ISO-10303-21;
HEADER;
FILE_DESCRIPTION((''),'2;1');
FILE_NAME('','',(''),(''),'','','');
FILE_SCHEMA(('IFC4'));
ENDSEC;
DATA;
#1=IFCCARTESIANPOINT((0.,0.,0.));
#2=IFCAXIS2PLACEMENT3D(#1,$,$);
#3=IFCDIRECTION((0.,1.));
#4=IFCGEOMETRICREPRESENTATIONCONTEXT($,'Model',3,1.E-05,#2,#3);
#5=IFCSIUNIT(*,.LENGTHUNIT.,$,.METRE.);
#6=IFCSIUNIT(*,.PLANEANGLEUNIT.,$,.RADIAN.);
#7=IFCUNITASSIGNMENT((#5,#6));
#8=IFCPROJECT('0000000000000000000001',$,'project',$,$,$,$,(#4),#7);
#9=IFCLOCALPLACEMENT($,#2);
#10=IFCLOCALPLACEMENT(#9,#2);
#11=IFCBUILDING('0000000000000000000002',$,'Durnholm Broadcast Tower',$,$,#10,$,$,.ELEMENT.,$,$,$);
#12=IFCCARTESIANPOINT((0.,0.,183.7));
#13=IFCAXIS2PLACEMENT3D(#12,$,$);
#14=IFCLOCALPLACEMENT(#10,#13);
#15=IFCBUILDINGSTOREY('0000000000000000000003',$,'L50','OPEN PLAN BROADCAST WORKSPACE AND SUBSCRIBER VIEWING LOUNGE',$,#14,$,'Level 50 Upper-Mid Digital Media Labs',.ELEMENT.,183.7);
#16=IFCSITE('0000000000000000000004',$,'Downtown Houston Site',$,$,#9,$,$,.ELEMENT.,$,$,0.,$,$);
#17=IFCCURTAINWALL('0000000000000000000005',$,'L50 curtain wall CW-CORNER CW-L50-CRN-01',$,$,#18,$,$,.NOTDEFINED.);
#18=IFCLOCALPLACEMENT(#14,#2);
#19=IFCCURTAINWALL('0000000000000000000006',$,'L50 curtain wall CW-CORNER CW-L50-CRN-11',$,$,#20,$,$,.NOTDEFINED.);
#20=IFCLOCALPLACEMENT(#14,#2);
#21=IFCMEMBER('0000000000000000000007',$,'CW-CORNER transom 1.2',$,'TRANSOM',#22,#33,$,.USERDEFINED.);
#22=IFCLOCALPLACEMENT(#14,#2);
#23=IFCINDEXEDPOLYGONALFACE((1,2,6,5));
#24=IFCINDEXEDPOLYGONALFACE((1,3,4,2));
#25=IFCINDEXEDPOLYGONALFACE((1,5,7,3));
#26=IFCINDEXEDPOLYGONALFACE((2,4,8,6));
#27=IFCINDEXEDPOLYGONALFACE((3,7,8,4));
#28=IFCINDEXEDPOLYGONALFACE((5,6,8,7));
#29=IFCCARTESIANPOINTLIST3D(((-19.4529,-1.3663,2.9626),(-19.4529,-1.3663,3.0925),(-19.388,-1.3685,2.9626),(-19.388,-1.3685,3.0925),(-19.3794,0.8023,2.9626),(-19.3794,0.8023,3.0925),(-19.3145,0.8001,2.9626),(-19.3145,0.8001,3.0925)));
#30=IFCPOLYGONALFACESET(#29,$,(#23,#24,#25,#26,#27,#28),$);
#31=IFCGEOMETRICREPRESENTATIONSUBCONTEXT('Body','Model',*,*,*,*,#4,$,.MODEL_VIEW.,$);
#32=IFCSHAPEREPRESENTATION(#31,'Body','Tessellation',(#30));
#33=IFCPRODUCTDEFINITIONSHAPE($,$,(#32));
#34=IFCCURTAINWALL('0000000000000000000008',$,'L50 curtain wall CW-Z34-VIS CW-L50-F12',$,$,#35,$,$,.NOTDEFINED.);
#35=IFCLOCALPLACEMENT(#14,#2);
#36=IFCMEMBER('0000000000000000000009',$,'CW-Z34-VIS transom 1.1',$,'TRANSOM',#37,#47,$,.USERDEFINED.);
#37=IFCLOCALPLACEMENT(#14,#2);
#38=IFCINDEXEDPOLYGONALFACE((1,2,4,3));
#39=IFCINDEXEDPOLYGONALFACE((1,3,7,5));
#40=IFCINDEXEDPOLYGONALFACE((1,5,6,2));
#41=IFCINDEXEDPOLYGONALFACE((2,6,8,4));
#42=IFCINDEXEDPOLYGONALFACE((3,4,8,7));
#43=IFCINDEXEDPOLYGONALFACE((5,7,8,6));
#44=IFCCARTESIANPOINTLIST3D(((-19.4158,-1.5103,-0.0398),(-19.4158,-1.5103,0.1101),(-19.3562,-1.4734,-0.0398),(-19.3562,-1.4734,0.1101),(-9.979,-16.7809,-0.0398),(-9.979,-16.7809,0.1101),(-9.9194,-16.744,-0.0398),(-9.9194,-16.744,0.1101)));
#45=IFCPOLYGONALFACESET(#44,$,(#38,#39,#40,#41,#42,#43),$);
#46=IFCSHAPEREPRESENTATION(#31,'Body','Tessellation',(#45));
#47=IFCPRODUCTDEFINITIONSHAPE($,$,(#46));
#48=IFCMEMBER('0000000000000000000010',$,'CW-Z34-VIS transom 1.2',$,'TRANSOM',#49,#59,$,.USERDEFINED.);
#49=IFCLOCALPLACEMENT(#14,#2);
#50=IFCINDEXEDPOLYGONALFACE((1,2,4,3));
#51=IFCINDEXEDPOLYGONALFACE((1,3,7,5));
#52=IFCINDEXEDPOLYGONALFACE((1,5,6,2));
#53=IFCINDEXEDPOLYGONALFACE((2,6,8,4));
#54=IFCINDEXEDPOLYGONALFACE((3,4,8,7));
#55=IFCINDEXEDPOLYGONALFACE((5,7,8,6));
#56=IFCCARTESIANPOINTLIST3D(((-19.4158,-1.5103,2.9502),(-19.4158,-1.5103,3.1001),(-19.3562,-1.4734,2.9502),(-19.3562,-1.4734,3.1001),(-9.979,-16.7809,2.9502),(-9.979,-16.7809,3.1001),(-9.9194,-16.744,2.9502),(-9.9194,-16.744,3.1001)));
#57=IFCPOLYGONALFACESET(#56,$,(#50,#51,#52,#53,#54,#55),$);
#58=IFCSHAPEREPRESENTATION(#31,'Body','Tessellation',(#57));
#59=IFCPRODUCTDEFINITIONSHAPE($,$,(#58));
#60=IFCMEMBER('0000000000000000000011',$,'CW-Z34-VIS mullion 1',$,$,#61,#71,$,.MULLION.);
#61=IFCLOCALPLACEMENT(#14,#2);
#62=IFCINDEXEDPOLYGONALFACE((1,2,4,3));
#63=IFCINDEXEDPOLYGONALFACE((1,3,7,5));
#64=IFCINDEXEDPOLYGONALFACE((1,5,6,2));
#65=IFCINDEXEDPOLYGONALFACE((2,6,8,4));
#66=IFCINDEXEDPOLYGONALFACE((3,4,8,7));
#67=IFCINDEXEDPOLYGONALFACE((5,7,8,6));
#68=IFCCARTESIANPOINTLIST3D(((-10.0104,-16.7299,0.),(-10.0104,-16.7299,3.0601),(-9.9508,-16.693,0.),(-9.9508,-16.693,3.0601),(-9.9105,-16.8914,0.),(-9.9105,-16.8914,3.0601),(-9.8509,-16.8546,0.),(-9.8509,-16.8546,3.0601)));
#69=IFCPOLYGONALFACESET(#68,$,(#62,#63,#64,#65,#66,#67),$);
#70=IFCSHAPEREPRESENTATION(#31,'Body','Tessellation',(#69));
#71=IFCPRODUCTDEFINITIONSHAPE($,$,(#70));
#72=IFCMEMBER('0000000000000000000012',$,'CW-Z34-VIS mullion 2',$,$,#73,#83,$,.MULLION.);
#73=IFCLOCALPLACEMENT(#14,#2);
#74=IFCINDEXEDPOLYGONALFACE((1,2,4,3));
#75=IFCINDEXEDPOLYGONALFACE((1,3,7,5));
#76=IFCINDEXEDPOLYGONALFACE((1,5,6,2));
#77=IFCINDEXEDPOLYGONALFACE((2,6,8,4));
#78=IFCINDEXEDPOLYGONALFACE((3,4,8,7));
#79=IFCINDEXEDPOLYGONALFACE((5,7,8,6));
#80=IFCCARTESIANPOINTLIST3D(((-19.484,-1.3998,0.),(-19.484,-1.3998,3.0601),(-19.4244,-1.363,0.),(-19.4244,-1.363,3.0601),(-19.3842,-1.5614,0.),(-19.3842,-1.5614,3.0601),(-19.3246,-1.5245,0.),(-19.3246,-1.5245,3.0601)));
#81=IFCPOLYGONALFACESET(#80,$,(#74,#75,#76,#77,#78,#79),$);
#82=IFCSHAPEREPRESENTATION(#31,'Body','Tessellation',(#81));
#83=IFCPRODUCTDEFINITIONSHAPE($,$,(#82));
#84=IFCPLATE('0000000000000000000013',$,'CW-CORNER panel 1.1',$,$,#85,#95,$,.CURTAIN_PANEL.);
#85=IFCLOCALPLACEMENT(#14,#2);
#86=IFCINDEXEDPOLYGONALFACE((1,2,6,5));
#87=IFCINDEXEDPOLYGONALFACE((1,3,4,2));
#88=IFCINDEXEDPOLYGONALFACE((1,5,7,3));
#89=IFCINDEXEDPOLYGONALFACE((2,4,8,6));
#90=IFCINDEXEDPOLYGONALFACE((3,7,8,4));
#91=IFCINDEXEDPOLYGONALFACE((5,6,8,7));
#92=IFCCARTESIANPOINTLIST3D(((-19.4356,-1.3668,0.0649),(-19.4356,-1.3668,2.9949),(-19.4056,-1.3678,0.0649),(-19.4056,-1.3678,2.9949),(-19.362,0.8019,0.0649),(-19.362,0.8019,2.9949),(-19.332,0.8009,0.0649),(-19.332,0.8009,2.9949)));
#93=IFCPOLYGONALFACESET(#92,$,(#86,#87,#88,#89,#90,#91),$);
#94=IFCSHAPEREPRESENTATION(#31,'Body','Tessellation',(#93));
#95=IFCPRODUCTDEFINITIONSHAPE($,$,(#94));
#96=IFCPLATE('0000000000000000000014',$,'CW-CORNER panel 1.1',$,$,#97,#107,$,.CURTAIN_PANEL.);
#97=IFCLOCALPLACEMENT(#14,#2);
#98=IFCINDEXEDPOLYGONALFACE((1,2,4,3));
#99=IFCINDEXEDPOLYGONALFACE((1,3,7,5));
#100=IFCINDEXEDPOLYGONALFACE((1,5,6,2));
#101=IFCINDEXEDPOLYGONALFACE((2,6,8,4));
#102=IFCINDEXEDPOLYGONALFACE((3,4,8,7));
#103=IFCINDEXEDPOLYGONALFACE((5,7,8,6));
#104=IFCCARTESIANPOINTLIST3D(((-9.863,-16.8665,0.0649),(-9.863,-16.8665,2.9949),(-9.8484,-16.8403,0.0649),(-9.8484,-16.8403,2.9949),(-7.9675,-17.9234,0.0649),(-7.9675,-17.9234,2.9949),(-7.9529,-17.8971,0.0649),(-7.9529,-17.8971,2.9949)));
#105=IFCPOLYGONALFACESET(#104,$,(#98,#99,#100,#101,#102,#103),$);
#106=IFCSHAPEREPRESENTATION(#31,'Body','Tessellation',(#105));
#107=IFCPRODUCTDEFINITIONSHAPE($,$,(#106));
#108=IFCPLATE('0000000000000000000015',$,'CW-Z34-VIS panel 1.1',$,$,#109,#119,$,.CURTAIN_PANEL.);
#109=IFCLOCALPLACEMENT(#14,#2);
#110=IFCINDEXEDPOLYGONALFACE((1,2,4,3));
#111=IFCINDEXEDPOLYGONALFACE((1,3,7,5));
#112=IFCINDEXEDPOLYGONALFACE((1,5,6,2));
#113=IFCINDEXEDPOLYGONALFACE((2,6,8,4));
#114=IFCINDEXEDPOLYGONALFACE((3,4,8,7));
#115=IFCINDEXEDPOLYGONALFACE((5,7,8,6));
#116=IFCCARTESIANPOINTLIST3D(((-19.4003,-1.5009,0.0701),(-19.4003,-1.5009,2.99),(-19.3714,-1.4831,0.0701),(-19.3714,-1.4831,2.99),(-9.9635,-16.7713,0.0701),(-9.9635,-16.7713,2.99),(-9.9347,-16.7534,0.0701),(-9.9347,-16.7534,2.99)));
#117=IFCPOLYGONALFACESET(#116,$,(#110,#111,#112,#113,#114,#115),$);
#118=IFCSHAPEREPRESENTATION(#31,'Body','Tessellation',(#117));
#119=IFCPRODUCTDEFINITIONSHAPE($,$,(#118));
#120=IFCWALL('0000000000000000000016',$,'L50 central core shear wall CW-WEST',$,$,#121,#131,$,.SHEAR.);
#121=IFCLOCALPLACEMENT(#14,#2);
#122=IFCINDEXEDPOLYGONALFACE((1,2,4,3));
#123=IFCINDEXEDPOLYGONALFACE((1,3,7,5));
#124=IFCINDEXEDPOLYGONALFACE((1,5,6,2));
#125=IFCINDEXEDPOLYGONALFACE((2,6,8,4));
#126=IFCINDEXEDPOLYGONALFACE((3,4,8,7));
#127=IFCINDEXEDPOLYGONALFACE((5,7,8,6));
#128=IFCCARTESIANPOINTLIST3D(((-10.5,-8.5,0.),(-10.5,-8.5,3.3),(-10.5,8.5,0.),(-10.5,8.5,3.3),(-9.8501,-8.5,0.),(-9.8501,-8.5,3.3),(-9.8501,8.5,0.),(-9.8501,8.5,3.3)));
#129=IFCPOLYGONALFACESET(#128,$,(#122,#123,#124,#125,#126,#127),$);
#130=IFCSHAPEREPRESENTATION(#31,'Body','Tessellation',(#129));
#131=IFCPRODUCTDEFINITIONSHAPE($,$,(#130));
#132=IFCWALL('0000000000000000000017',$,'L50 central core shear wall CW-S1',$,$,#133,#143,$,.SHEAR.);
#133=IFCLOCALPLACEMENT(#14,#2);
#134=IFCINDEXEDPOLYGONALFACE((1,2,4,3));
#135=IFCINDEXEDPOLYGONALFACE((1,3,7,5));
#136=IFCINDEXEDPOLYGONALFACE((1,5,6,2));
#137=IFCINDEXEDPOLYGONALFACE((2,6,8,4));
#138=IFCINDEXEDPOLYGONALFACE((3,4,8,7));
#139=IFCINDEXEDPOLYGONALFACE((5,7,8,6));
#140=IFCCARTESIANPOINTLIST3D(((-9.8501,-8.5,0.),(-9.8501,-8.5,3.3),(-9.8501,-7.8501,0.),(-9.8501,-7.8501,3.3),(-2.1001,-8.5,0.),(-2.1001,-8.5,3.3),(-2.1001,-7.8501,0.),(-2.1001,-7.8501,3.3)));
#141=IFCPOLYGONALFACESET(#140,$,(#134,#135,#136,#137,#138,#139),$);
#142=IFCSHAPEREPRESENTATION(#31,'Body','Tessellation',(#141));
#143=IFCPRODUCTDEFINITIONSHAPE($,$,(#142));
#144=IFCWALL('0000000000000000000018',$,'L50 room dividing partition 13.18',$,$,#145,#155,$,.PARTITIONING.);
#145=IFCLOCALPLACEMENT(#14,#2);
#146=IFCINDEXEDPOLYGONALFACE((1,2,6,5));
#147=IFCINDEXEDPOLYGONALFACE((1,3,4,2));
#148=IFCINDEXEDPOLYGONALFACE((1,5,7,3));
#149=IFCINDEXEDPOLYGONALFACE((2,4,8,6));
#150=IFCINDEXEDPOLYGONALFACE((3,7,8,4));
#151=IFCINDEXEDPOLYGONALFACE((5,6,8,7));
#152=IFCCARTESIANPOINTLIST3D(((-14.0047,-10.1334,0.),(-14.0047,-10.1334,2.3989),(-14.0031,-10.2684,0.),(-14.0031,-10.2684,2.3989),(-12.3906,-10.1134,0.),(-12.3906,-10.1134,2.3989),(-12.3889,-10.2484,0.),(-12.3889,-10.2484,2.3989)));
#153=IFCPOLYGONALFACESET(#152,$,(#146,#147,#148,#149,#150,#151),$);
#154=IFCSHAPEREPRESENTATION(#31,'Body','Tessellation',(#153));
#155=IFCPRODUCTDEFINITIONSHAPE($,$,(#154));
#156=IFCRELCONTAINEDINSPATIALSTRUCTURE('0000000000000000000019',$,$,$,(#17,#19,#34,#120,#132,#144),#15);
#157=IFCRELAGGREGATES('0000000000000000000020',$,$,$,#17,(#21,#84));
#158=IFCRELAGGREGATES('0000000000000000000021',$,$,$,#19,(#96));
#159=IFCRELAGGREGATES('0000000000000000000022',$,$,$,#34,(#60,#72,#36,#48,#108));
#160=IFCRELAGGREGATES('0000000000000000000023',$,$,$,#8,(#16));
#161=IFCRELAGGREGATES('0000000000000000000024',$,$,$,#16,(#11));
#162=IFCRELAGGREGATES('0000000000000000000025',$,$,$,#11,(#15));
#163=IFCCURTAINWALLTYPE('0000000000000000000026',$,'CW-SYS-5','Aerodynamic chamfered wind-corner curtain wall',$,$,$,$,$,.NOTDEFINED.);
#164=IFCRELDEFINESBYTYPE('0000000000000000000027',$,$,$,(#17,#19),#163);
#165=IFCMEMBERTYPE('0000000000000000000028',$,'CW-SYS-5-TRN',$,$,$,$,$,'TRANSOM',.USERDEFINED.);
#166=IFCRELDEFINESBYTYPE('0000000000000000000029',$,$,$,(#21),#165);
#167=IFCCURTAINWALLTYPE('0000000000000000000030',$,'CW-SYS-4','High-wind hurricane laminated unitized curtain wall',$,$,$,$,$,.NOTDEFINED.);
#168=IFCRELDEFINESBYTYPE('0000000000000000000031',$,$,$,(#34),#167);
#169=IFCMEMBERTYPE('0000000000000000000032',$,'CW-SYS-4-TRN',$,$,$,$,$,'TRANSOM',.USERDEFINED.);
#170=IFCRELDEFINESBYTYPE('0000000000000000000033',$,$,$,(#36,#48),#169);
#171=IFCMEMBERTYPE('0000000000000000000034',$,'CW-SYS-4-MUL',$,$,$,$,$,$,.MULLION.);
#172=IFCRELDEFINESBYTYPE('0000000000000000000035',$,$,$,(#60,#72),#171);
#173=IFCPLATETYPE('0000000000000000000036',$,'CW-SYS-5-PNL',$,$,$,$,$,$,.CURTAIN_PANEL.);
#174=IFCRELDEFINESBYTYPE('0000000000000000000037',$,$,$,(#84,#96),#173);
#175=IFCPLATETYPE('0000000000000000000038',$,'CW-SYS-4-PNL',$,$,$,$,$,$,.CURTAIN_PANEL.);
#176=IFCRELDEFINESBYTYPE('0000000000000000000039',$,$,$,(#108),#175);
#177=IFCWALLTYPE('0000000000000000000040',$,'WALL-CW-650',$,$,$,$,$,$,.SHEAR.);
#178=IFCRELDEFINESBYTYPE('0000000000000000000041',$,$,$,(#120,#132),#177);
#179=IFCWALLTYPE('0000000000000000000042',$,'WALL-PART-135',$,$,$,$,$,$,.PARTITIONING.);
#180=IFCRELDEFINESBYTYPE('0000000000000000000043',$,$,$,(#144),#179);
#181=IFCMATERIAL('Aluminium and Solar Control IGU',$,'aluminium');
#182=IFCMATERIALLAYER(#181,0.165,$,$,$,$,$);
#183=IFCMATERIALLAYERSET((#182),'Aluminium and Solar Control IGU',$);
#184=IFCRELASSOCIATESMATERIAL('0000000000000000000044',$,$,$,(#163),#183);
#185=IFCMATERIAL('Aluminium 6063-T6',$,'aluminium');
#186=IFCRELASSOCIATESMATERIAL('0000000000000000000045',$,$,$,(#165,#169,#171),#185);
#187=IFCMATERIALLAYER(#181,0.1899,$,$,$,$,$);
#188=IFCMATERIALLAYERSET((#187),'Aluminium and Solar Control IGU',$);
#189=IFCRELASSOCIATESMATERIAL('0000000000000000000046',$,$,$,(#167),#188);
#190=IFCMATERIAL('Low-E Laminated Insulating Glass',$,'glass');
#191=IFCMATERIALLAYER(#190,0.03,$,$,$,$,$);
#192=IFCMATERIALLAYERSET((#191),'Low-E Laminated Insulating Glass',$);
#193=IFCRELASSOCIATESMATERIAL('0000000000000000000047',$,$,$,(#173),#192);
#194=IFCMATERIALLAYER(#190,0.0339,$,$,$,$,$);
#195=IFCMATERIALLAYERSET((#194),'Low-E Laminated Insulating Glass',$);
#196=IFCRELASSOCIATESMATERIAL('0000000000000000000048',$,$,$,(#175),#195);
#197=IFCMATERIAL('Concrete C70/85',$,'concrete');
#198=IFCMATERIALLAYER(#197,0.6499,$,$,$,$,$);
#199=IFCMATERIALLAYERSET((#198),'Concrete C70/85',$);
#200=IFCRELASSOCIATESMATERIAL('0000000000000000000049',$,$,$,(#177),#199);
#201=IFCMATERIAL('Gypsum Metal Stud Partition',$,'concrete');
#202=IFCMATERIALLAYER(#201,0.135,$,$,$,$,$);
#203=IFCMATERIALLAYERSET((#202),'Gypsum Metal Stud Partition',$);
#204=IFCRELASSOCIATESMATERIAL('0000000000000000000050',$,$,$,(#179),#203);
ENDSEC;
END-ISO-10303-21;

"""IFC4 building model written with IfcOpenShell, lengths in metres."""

from ifc_helpers import new_model, si_unit, direction, frame, frame_2d, origin, origin_2d, place, context, subcontext, project, spatial, rectangle, extrude, source, transform, mapped, material, layer, layer_set, material_profile, profile_set, type_object, type_shapes, element, aggregate, save


model = new_model("IFC4")

# Units and contexts
model_context = context("Model", 3, precision=1e-05, world=origin(), true_north=direction((0.0, 1.0)))
body_context = subcontext(model_context, "Body", "Model", "MODEL_VIEW")
ifc_project = project(units=[si_unit("LENGTHUNIT", "METRE"), si_unit("PLANEANGLEUNIT", "RADIAN")], contexts=[model_context])

# Site, building, storey
site_placement = place(None, origin())
site = spatial("IfcSite", under=ifc_project, at=site_placement, Name="Downtown Houston Site", CompositionType="ELEMENT", RefElevation=0.0)
building_placement = place(site_placement, origin())
building = spatial("IfcBuilding", under=site, at=building_placement, Name="Durnholm Broadcast Tower", CompositionType="ELEMENT")
storey_placement = place(building_placement, frame((0.0, 0.0, 183.7)))
storey = spatial("IfcBuildingStorey", under=building, at=storey_placement, Name="L50", Description="OPEN PLAN BROADCAST WORKSPACE AND SUBSCRIBER VIEWING LOUNGE", LongName="Level 50 Upper-Mid Digital Media Labs", CompositionType="ELEMENT", Elevation=183.7)

# Shared definitions
ifc_material_1 = material(Name="Concrete C70/85", Category="concrete")

# Curtain walls
ifc_material_2 = material(Name="Aluminium and Solar Control IGU", Category="aluminium")
ifc_layer_1 = layer(ifc_material_2, 0.165)
ifc_layer_set_1 = layer_set([ifc_layer_1], Name="Aluminium and Solar Control IGU")
curtain_wall_type_1 = type_object("IfcCurtainWallType", Name="CW-SYS-5", Description="Aerodynamic chamfered wind-corner curtain wall", PredefinedType="NOTDEFINED", material=ifc_layer_set_1)
curtain_wall_1_placement = place(storey_placement, origin())
curtain_wall_1 = element("IfcCurtainWall", 1, at=curtain_wall_1_placement, inside=storey, type_object=curtain_wall_type_1, Name="L50 curtain wall CW-CORNER CW-L50-CRN-01", PredefinedType="NOTDEFINED")
ifc_material_3 = material(Name="Aluminium 6063-T6", Category="aluminium")
curtain_wall_2_placement = place(storey_placement, origin())
curtain_wall_2 = element("IfcCurtainWall", 2, at=curtain_wall_2_placement, inside=storey, type_object=curtain_wall_type_1, Name="L50 curtain wall CW-CORNER CW-L50-CRN-11", PredefinedType="NOTDEFINED")

# Member
ifc_material_profile_1 = material_profile(ifc_material_3, rectangle(XDim=0.0649, YDim=0.1299, at=origin_2d()), Name="CWT65X130")
ifc_profile_set_1 = profile_set([ifc_material_profile_1], Name="Aluminium 6063-T6")
member_type_1 = type_object("IfcMemberType", Name="CW-SYS-5-TRN", ElementType="TRANSOM", PredefinedType="USERDEFINED", material=ifc_profile_set_1)
shared_shape_1 = source(origin(), body_context, "Body", "SweptSolid", [
    extrude(rectangle(XDim=0.0649, YDim=0.1299, at=origin_2d()), origin(), (0.0, 0.0, 1.0), 2.1699),
])
type_shapes(member_type_1, [shared_shape_1])
member_1_placement = place(storey_placement, frame((-19.4204, -1.3674, 3.0276), z_axis=(0.033866, 0.999426, 0.0), x_axis=(-0.999426, 0.033866, 0.0)))
member_1 = element("IfcMember", 3, at=member_1_placement, type_object=member_type_1, Name="CW-CORNER transom 1.2", ObjectType="TRANSOM", PredefinedType="USERDEFINED", context=body_context, shape_type="MappedRepresentation", body=[
    mapped(shared_shape_1, transform((0.0, 0.0, 0.0), x_axis=(1.0, 0.0, 0.0), y_axis=(0.0, 1.0, 0.0), z_axis=(0.0, 0.0, 1.0), scale=1.0)),
])

# Curtain wall, members
ifc_layer_2 = layer(ifc_material_2, 0.1899)
ifc_layer_set_2 = layer_set([ifc_layer_2], Name="Aluminium and Solar Control IGU")
curtain_wall_type_2 = type_object("IfcCurtainWallType", Name="CW-SYS-4", Description="High-wind hurricane laminated unitized curtain wall", PredefinedType="NOTDEFINED", material=ifc_layer_set_2)
curtain_wall_3_placement = place(storey_placement, origin())
curtain_wall_3 = element("IfcCurtainWall", 4, at=curtain_wall_3_placement, inside=storey, type_object=curtain_wall_type_2, Name="L50 curtain wall CW-Z34-VIS CW-L50-F12", PredefinedType="NOTDEFINED")
ifc_material_profile_2 = material_profile(ifc_material_3, rectangle(XDim=0.0701, YDim=0.1499, at=origin_2d()), Name="CWT70X150")
ifc_profile_set_2 = profile_set([ifc_material_profile_2], Name="Aluminium 6063-T6")
member_type_2 = type_object("IfcMemberType", Name="CW-SYS-4-TRN", ElementType="TRANSOM", PredefinedType="USERDEFINED", material=ifc_profile_set_2)
shared_shape_2 = source(origin(), body_context, "Body", "SweptSolid", [
    extrude(rectangle(XDim=0.0701, YDim=0.1499, at=origin_2d()), origin(), (0.0, 0.0, 1.0), 17.9512),
])
type_shapes(member_type_2, [shared_shape_2])
member_2_placement = place(storey_placement, frame((-9.9492, -16.7625, 0.0352), z_axis=(-0.525694, 0.850674, 0.0), x_axis=(-0.850674, -0.525694, 0.0)))
member_2 = element("IfcMember", 5, at=member_2_placement, type_object=member_type_2, Name="CW-Z34-VIS transom 1.1", ObjectType="TRANSOM", PredefinedType="USERDEFINED", context=body_context, shape_type="MappedRepresentation", body=[
    mapped(shared_shape_2, transform((0.0, 0.0, 0.0), x_axis=(1.0, 0.0, 0.0), y_axis=(0.0, 1.0, 0.0), z_axis=(0.0, 0.0, 1.0), scale=1.0)),
])
member_3_placement = place(storey_placement, frame((-9.9492, -16.7625, 3.0251), z_axis=(-0.525694, 0.850674, 0.0), x_axis=(-0.850674, -0.525694, 0.0)))
member_3 = element("IfcMember", 6, at=member_3_placement, type_object=member_type_2, Name="CW-Z34-VIS transom 1.2", ObjectType="TRANSOM", PredefinedType="USERDEFINED", context=body_context, shape_type="MappedRepresentation", body=[
    mapped(shared_shape_2, transform((0.0, 0.0, 0.0), x_axis=(1.0, 0.0, 0.0), y_axis=(0.0, 1.0, 0.0), z_axis=(0.0, 0.0, 1.0), scale=1.0)),
])
ifc_material_profile_3 = material_profile(ifc_material_3, rectangle(XDim=0.0701, YDim=0.1899, at=origin_2d()), Name="CWM70X190")
ifc_profile_set_3 = profile_set([ifc_material_profile_3], Name="Aluminium 6063-T6")
member_type_3 = type_object("IfcMemberType", Name="CW-SYS-4-MUL", PredefinedType="MULLION", material=ifc_profile_set_3)
shared_shape_3 = source(origin(), body_context, "Body", "SweptSolid", [
    extrude(rectangle(XDim=0.0701, YDim=0.1899, at=origin_2d()), origin(), (0.0, 0.0, 1.0), 3.0601),
])
type_shapes(member_type_3, [shared_shape_3])
member_4_placement = place(storey_placement, frame((-9.9307, -16.7922, 0.0), z_axis=(0.0, 0.0, 1.0), x_axis=(-0.850671, -0.525698, 0.0)))
member_4 = element("IfcMember", 7, at=member_4_placement, type_object=member_type_3, Name="CW-Z34-VIS mullion 1", PredefinedType="MULLION", context=body_context, shape_type="MappedRepresentation", body=[
    mapped(shared_shape_3, transform((0.0, 0.0, 0.0), x_axis=(1.0, 0.0, 0.0), y_axis=(0.0, 1.0, 0.0), z_axis=(0.0, 0.0, 1.0), scale=1.0)),
])
member_5_placement = place(storey_placement, frame((-19.4043, -1.4622, 0.0), z_axis=(0.0, 0.0, 1.0), x_axis=(-0.850671, -0.525698, 0.0)))
member_5 = element("IfcMember", 8, at=member_5_placement, type_object=member_type_3, Name="CW-Z34-VIS mullion 2", PredefinedType="MULLION", context=body_context, shape_type="MappedRepresentation", body=[
    mapped(shared_shape_3, transform((0.0, 0.0, 0.0), x_axis=(1.0, 0.0, 0.0), y_axis=(0.0, 1.0, 0.0), z_axis=(0.0, 0.0, 1.0), scale=1.0)),
])

# Plates
ifc_material_4 = material(Name="Low-E Laminated Insulating Glass", Category="glass")
ifc_layer_3 = layer(ifc_material_4, 0.03)
ifc_layer_set_3 = layer_set([ifc_layer_3], Name="Low-E Laminated Insulating Glass")
plate_type_1 = type_object("IfcPlateType", Name="CW-SYS-5-PNL", PredefinedType="CURTAIN_PANEL", material=ifc_layer_set_3)
shared_shape_4 = source(origin(), body_context, "Body", "SweptSolid", [
    extrude(rectangle(XDim=2.1699, YDim=0.03, at=origin_2d()), origin(), (0.0, 0.0, 1.0), 2.9299),
])
plate_1_placement = place(storey_placement, frame((-19.3838, -0.283, 0.0649), z_axis=(0.0, 0.0, 1.0), x_axis=(0.033913, 0.999425, 0.0)))
plate_1 = element("IfcPlate", 9, at=plate_1_placement, type_object=plate_type_1, Name="CW-CORNER panel 1.1", PredefinedType="CURTAIN_PANEL", context=body_context, shape_type="MappedRepresentation", body=[
    mapped(shared_shape_4, transform((0.0, 0.0, 0.0), x_axis=(1.0, 0.0, 0.0), y_axis=(0.0, 1.0, 0.0), z_axis=(0.0, 0.0, 1.0), scale=1.0)),
])
aggregate(curtain_wall_1, [member_1, plate_1])
shared_shape_5 = source(origin(), body_context, "Body", "SweptSolid", [
    extrude(rectangle(XDim=2.1702, YDim=0.03, at=origin_2d()), origin(), (0.0, 0.0, 1.0), 2.9299),
])
type_shapes(plate_type_1, [shared_shape_4, shared_shape_5])
plate_2_placement = place(storey_placement, frame((-8.908, -17.3818, 0.0649), z_axis=(0.0, 0.0, 1.0), x_axis=(-0.87341, 0.486986, 0.0)))
plate_2 = element("IfcPlate", 10, at=plate_2_placement, type_object=plate_type_1, Name="CW-CORNER panel 1.1", PredefinedType="CURTAIN_PANEL", context=body_context, shape_type="MappedRepresentation", body=[
    mapped(shared_shape_5, transform((0.0, 0.0, 0.0), x_axis=(1.0, 0.0, 0.0), y_axis=(0.0, 1.0, 0.0), z_axis=(0.0, 0.0, 1.0), scale=1.0)),
])
aggregate(curtain_wall_2, [plate_2])
ifc_layer_4 = layer(ifc_material_4, 0.0339)
ifc_layer_set_4 = layer_set([ifc_layer_4], Name="Low-E Laminated Insulating Glass")
plate_type_2 = type_object("IfcPlateType", Name="CW-SYS-4-PNL", PredefinedType="CURTAIN_PANEL", material=ifc_layer_set_4)
shared_shape_6 = source(origin(), body_context, "Body", "SweptSolid", [
    extrude(rectangle(XDim=17.9509, YDim=0.0339, at=origin_2d()), origin(), (0.0, 0.0, 1.0), 2.9199),
])
type_shapes(plate_type_2, [shared_shape_6])
plate_3_placement = place(storey_placement, frame((-14.6675, -9.1272, 0.0701), z_axis=(0.0, 0.0, 1.0), x_axis=(-0.525698, 0.850671, 0.0)))
plate_3 = element("IfcPlate", 11, at=plate_3_placement, type_object=plate_type_2, Name="CW-Z34-VIS panel 1.1", PredefinedType="CURTAIN_PANEL", context=body_context, shape_type="MappedRepresentation", body=[
    mapped(shared_shape_6, transform((0.0, 0.0, 0.0), x_axis=(1.0, 0.0, 0.0), y_axis=(0.0, 1.0, 0.0), z_axis=(0.0, 0.0, 1.0), scale=1.0)),
])
aggregate(curtain_wall_3, [member_4, member_5, member_2, member_3, plate_3])

# Walls
ifc_layer_5 = layer(ifc_material_1, 0.6499)
ifc_layer_set_5 = layer_set([ifc_layer_5], Name="Concrete C70/85")
wall_type_1 = type_object("IfcWallType", Name="WALL-CW-650", PredefinedType="SHEAR", material=ifc_layer_set_5)
wall_1_placement = place(storey_placement, frame((-10.175, -8.5, 0.0), z_axis=(0.0, 0.0, 1.0), x_axis=(0.0, 1.0, 0.0)))
element("IfcWall", 12, at=wall_1_placement, inside=storey, type_object=wall_type_1, Name="L50 central core shear wall CW-WEST", PredefinedType="SHEAR", context=body_context, shape_type="SweptSolid", body=[
    extrude(rectangle(XDim=17.0, YDim=0.6499, at=frame_2d((8.5, 0.0))), origin(), (0.0, 0.0, 1.0), 3.3),
])
wall_2_placement = place(storey_placement, frame((-9.8501, -8.175, 0.0), z_axis=(0.0, 0.0, 1.0), x_axis=(1.0, 0.0, 0.0)))
element("IfcWall", 13, at=wall_2_placement, inside=storey, type_object=wall_type_1, Name="L50 central core shear wall CW-S1", PredefinedType="SHEAR", context=body_context, shape_type="SweptSolid", body=[
    extrude(rectangle(XDim=7.75, YDim=0.6499, at=frame_2d((3.875, 0.0))), origin(), (0.0, 0.0, 1.0), 3.3),
])
ifc_material_5 = material(Name="Gypsum Metal Stud Partition", Category="concrete")
ifc_layer_6 = layer(ifc_material_5, 0.135)
ifc_layer_set_6 = layer_set([ifc_layer_6], Name="Gypsum Metal Stud Partition")
wall_type_2 = type_object("IfcWallType", Name="WALL-PART-135", PredefinedType="PARTITIONING", material=ifc_layer_set_6)
wall_3_placement = place(storey_placement, frame((-14.0039, -10.2009, 0.0), z_axis=(0.0, 0.0, 1.0), x_axis=(0.999923, 0.012403, 0.0)))
element("IfcWall", 14, at=wall_3_placement, inside=storey, type_object=wall_type_2, Name="L50 room dividing partition 13.18", PredefinedType="PARTITIONING", context=body_context, shape_type="SweptSolid", body=[
    extrude(rectangle(XDim=1.6143, YDim=0.135, at=frame_2d((0.8071, 0.0))), origin(), (0.0, 0.0, 1.0), 2.3989),
])

save(model, "model.ifc")
